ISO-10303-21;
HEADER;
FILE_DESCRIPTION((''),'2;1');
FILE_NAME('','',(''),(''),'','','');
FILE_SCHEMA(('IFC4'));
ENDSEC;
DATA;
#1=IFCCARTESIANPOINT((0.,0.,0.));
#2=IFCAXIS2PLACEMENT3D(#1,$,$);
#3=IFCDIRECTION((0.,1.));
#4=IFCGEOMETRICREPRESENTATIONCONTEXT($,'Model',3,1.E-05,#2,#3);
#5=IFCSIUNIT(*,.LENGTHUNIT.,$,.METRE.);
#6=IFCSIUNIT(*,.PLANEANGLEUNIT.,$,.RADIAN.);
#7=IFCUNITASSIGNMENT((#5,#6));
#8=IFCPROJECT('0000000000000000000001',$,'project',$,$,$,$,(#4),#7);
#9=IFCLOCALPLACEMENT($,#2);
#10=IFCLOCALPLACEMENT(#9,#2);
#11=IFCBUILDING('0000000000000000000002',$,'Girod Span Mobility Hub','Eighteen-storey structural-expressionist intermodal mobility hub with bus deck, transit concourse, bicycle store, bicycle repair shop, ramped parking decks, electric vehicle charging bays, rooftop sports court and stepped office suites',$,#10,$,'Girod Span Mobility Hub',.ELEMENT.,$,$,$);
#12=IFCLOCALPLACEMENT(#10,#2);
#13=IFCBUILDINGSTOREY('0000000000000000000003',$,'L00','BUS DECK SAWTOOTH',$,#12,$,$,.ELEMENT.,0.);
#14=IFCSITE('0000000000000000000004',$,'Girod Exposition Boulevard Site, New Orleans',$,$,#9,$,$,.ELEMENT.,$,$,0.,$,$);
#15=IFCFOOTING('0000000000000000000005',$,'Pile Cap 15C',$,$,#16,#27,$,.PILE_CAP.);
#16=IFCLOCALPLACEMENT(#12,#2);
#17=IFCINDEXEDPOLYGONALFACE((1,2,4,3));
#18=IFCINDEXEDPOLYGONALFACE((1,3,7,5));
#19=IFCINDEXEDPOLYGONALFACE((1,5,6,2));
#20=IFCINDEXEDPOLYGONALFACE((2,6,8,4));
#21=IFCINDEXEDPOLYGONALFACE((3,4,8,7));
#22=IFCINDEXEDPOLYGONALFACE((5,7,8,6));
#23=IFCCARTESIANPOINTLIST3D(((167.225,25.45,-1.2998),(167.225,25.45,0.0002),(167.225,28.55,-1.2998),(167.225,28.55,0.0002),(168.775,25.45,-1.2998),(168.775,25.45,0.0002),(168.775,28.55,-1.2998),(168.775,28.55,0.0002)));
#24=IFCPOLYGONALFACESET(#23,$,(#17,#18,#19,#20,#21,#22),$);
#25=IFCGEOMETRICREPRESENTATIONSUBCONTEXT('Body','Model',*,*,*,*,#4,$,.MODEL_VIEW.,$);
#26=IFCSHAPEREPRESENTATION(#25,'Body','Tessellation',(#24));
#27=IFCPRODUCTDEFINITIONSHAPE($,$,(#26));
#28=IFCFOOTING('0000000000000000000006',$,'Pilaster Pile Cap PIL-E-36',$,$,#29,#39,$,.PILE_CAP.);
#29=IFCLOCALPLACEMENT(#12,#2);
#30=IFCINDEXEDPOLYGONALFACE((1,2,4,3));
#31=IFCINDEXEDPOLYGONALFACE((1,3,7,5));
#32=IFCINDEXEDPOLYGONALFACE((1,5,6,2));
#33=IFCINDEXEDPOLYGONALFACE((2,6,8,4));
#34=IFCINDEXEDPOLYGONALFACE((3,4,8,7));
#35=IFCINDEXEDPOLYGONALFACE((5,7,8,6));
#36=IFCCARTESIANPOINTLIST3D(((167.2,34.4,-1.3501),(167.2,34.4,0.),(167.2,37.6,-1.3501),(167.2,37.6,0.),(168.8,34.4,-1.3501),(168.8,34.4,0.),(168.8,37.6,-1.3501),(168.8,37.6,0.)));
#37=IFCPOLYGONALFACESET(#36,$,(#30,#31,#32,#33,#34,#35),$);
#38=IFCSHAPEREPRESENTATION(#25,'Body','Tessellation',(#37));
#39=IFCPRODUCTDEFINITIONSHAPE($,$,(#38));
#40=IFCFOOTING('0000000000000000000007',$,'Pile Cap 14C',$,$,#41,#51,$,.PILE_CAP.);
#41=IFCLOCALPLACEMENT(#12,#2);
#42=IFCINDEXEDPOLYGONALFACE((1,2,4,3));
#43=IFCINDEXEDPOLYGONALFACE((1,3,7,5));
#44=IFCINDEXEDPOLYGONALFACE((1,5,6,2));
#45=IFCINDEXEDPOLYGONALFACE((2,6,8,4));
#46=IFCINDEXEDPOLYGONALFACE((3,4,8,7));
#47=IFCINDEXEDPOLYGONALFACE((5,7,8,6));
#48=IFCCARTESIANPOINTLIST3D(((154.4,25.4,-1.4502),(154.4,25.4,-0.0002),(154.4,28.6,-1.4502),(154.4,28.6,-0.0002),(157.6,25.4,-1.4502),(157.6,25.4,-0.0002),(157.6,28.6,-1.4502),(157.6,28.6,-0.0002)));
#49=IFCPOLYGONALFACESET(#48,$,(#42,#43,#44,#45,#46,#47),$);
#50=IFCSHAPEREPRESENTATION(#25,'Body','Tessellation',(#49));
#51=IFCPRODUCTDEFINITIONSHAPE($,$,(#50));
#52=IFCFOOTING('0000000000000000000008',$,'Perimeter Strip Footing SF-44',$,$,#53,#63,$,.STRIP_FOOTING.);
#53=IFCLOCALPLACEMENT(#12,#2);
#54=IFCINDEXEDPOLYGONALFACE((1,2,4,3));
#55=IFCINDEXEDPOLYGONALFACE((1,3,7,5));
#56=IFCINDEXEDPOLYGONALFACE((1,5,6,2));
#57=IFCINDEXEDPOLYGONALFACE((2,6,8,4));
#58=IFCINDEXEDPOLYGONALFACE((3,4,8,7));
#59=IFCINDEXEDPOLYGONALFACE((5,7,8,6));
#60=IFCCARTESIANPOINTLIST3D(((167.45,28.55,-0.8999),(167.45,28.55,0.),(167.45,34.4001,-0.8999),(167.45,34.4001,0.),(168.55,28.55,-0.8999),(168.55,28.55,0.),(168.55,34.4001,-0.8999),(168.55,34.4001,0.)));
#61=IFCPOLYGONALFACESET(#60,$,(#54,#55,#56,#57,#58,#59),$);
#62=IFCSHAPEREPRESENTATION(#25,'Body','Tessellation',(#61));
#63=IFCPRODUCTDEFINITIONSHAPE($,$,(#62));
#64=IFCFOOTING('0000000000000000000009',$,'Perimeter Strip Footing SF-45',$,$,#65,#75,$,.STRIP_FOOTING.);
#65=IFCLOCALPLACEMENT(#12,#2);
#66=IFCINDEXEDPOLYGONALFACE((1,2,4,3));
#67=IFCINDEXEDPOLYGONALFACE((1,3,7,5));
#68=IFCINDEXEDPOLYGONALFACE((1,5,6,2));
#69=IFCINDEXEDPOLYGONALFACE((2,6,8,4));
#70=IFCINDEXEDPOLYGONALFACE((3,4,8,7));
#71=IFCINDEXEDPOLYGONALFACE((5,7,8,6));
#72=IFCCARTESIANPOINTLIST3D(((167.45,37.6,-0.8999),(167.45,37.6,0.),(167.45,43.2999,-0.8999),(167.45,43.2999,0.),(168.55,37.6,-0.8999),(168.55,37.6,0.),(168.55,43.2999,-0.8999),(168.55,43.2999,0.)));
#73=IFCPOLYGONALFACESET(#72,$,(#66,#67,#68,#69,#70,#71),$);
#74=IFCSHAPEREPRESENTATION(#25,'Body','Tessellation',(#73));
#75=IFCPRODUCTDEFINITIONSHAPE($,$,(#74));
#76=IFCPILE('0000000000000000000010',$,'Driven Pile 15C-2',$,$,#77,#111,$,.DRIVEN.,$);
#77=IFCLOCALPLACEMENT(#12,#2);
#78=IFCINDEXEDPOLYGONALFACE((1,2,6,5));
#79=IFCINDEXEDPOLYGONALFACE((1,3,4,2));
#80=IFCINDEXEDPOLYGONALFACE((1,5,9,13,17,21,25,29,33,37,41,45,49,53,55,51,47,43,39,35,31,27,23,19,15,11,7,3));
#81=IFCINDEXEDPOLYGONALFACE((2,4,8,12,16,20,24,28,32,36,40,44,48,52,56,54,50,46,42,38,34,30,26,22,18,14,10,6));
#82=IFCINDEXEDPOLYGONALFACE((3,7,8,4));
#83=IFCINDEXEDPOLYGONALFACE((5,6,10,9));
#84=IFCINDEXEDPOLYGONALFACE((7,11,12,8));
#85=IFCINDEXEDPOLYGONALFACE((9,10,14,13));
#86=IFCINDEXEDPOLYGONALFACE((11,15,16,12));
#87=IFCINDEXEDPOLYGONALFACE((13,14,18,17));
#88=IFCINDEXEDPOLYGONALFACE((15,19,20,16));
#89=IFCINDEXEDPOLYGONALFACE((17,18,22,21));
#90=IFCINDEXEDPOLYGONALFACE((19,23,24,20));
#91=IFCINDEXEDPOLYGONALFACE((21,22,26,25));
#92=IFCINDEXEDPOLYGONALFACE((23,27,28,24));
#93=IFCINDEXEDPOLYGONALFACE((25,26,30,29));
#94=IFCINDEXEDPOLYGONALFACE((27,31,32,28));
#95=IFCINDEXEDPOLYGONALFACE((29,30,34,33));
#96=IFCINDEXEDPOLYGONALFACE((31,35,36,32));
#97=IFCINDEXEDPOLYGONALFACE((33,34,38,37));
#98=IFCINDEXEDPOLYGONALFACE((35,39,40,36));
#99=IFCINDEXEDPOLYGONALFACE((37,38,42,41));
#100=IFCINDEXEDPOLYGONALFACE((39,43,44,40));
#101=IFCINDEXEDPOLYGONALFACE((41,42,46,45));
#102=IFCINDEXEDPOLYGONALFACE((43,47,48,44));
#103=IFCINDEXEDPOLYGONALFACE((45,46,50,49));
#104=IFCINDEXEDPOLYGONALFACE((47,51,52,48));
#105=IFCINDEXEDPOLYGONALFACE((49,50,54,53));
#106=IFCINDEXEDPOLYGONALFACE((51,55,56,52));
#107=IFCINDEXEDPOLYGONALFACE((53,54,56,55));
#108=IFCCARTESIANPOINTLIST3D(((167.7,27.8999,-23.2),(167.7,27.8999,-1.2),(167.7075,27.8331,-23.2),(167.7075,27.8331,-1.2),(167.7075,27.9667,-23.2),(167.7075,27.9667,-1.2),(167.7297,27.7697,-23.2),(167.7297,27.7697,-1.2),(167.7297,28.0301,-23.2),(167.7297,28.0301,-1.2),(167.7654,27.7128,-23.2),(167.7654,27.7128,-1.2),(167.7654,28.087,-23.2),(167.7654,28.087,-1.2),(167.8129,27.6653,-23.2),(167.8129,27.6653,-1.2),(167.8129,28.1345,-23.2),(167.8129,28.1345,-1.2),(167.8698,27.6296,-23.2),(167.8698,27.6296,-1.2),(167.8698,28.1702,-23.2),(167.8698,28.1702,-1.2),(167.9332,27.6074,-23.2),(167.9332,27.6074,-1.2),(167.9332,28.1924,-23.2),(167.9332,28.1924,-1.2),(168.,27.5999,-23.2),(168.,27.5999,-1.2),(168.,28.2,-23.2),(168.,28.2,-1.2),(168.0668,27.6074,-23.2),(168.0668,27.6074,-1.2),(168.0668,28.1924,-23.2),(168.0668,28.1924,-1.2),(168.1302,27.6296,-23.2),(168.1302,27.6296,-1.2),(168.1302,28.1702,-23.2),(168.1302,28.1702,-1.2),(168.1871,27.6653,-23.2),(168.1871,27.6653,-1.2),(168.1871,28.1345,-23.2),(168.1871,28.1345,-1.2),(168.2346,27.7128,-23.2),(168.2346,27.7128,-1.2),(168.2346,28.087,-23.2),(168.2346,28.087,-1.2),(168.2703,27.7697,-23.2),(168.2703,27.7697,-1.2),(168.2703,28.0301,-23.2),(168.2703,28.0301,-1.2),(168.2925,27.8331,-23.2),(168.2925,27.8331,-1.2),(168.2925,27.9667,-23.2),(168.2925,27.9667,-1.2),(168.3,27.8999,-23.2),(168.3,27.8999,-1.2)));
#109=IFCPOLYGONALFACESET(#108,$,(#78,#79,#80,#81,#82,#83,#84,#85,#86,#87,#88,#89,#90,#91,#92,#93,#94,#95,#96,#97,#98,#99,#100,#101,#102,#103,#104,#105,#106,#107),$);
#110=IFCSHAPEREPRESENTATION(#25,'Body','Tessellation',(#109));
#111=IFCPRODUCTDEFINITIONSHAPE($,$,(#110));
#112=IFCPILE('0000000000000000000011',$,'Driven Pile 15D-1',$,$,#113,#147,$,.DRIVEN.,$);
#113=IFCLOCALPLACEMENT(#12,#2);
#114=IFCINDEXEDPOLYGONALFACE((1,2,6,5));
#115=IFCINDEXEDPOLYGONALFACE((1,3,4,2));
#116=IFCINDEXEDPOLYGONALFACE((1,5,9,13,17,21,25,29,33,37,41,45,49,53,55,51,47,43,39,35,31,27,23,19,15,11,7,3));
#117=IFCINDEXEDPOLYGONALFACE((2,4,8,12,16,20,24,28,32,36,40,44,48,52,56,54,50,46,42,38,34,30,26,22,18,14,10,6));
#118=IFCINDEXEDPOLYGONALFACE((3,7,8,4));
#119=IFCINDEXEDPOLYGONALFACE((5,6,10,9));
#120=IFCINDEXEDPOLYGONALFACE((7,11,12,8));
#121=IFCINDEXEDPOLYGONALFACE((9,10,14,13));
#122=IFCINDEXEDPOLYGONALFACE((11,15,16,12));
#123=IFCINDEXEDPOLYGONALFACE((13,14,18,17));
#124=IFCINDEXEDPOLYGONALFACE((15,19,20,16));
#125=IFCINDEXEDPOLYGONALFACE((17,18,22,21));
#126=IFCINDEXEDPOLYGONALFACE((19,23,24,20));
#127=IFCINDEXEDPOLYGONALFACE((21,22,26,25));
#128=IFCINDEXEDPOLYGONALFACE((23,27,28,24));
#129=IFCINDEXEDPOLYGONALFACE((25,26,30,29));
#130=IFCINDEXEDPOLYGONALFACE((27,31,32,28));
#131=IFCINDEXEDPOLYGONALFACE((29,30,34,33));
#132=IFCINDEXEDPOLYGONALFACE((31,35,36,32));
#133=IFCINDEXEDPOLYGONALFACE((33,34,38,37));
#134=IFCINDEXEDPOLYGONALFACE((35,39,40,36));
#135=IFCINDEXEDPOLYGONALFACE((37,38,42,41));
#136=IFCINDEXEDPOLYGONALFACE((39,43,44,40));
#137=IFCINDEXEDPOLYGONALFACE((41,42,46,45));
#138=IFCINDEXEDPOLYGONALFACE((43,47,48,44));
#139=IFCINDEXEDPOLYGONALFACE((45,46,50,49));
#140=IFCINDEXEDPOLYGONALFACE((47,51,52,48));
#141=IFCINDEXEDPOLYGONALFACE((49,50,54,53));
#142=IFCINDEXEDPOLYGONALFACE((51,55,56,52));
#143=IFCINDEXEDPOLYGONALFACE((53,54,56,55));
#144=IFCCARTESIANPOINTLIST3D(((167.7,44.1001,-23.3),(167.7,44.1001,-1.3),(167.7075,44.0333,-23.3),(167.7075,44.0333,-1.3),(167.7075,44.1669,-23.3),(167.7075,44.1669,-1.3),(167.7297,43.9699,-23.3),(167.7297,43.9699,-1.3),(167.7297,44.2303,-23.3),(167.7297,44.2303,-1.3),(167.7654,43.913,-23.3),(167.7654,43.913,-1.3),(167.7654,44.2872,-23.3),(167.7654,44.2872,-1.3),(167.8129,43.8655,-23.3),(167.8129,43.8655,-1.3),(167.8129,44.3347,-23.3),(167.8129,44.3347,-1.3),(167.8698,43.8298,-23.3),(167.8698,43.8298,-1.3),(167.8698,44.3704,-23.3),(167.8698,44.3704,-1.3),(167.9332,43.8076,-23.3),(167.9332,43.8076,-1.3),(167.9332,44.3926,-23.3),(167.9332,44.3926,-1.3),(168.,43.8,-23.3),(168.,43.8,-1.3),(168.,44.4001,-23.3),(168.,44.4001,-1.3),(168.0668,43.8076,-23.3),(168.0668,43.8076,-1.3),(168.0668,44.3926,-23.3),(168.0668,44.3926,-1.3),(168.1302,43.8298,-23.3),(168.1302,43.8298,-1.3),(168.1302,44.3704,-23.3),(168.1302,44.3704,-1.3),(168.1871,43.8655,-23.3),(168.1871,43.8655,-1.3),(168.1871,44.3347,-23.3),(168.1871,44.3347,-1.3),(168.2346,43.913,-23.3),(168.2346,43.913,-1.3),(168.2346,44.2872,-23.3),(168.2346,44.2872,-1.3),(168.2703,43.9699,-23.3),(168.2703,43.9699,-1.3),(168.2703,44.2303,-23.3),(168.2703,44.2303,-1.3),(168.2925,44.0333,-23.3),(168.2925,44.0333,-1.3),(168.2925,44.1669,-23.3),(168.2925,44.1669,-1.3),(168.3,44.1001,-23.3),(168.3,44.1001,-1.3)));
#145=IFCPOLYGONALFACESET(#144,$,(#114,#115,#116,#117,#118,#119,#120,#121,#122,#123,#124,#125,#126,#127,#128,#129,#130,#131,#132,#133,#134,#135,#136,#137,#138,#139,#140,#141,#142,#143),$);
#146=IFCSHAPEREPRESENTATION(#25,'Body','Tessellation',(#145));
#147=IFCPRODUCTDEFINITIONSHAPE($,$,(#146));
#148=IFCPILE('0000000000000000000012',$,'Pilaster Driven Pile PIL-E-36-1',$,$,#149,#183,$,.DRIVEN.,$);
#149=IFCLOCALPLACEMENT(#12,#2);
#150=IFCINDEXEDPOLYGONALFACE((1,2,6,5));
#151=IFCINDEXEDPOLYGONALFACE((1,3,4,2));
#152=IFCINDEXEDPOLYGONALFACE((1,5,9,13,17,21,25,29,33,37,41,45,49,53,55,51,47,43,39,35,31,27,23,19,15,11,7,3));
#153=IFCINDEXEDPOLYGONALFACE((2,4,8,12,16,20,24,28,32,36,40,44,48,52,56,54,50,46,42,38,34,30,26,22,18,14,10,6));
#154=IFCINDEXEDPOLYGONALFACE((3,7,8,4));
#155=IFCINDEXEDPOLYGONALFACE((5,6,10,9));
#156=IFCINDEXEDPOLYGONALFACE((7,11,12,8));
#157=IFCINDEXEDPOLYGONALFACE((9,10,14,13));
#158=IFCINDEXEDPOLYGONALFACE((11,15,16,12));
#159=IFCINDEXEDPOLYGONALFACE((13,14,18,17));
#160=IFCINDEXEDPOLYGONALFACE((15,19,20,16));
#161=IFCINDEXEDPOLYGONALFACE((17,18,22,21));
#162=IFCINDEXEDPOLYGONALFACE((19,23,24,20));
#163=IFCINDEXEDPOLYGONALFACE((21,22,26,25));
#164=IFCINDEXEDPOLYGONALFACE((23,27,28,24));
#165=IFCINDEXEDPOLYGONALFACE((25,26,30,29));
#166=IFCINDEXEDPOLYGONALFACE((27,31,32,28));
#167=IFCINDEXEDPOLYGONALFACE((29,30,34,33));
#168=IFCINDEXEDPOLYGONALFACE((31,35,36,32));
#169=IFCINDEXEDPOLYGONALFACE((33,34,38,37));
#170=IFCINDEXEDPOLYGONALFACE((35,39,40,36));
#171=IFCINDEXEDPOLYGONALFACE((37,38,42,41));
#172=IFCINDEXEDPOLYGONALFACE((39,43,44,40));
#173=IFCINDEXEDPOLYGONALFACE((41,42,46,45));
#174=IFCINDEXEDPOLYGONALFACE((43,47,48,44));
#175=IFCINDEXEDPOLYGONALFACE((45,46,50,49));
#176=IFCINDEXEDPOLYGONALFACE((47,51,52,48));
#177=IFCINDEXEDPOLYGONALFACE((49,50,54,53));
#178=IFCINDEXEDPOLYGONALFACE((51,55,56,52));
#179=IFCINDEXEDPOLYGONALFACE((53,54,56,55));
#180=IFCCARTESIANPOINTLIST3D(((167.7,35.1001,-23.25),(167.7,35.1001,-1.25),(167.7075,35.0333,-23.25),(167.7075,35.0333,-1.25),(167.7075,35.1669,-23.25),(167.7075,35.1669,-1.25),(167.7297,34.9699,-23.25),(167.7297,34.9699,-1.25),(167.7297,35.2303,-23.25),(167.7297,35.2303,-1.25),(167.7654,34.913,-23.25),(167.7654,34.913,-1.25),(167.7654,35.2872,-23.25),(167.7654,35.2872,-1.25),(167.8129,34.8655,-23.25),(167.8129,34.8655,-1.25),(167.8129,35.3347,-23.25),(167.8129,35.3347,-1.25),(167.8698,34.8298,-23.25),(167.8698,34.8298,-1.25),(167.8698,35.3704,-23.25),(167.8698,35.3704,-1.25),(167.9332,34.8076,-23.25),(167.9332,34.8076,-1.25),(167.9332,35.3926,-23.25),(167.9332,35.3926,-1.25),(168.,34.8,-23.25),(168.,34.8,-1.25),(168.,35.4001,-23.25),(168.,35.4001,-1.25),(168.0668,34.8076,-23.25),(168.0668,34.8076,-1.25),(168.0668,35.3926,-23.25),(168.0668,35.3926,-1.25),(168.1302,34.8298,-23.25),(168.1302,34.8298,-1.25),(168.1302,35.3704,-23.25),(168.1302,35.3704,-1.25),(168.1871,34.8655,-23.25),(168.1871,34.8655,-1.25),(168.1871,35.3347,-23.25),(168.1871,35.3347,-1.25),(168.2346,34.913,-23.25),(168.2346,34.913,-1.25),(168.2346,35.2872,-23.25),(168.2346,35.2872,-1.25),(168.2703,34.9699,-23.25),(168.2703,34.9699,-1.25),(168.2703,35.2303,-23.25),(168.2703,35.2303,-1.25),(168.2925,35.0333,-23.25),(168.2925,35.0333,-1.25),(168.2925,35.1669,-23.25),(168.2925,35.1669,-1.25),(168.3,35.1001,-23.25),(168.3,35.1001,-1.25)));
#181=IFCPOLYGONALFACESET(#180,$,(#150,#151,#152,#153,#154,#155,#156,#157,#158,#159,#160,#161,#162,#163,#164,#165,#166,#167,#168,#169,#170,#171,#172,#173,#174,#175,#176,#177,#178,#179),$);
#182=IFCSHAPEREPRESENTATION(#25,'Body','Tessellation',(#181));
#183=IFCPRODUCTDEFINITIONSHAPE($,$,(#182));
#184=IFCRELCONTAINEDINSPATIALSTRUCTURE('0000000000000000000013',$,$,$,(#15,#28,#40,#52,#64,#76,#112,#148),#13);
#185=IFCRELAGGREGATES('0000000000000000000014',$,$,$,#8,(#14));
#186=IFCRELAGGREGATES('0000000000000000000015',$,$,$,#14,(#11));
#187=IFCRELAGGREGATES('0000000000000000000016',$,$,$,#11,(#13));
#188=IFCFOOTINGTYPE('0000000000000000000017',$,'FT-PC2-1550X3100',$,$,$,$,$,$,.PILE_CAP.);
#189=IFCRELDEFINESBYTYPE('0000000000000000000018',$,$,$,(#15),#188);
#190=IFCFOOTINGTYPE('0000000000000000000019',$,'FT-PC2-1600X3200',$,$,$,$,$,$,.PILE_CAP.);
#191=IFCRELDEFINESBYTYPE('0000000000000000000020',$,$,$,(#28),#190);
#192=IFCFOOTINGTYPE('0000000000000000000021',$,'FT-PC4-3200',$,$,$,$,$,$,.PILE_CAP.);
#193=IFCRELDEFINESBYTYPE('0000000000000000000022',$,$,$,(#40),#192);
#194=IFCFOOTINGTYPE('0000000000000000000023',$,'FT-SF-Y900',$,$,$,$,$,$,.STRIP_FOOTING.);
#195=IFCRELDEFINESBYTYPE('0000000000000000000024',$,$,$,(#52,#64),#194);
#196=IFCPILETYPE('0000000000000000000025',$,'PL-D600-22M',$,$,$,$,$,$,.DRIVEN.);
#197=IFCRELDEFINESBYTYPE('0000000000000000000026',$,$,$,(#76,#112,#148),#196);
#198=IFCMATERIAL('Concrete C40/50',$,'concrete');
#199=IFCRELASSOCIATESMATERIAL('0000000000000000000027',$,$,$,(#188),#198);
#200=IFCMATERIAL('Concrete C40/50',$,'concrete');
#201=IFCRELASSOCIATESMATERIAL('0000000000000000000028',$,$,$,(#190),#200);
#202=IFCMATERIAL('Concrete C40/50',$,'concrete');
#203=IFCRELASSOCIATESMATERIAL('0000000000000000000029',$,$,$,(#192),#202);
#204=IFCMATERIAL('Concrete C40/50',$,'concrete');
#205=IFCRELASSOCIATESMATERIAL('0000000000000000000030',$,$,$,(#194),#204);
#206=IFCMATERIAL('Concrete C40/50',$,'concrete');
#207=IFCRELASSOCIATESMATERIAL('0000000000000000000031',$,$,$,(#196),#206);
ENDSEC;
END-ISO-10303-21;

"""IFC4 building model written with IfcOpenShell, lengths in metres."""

from ifc_helpers import new_model, si_unit, direction, frame, origin, origin_2d, place, context, subcontext, project, spatial, rectangle, circle, extrude, material, material_profile, profile_set, type_object, element, save


model = new_model("IFC4")

# Units and contexts
model_context = context("Model", 3, precision=1e-05, world=origin(), true_north=direction((0.0, 1.0)))
body_context = subcontext(model_context, "Body", "Model", "MODEL_VIEW")
ifc_project = project(units=[si_unit("LENGTHUNIT", "METRE"), si_unit("PLANEANGLEUNIT", "RADIAN")], contexts=[model_context])

# Site, building, storey
site_placement = place(None, origin())
site = spatial("IfcSite", under=ifc_project, at=site_placement, Name="Girod Exposition Boulevard Site, New Orleans", CompositionType="ELEMENT", RefElevation=0.0)
building_placement = place(site_placement, origin())
building = spatial("IfcBuilding", under=site, at=building_placement, Name="Girod Span Mobility Hub", Description="Eighteen-storey structural-expressionist intermodal mobility hub with bus deck, transit concourse, bicycle store, bicycle repair shop, ramped parking decks, electric vehicle charging bays, rooftop sports court and stepped office suites", LongName="Girod Span Mobility Hub", CompositionType="ELEMENT")
storey_placement = place(building_placement, origin())
storey = spatial("IfcBuildingStorey", under=building, at=storey_placement, Name="L00", Description="BUS DECK SAWTOOTH", CompositionType="ELEMENT", Elevation=0.0)

# Footings
ifc_material_1 = material(Name="Concrete C40/50", Category="concrete")
footing_type_1 = type_object("IfcFootingType", Name="FT-PC2-1550X3100", PredefinedType="PILE_CAP", material=ifc_material_1)
footing_1_placement = place(storey_placement, frame((168.0, 27.0, -1.2998), z_axis=(0.0, 0.0, 1.0), x_axis=(1.0, 0.0, 0.0)))
element("IfcFooting", 1, at=footing_1_placement, inside=storey, type_object=footing_type_1, Name="Pile Cap 15C", PredefinedType="PILE_CAP", context=body_context, shape_type="SweptSolid", body=[
    extrude(rectangle(XDim=1.55, YDim=3.1001, at=origin_2d()), origin(), (0.0, 0.0, 1.0), 1.3),
])
ifc_material_2 = material(Name="Concrete C40/50", Category="concrete")
footing_type_2 = type_object("IfcFootingType", Name="FT-PC2-1600X3200", PredefinedType="PILE_CAP", material=ifc_material_2)
footing_2_placement = place(storey_placement, frame((168.0, 36.0, -1.3501), z_axis=(0.0, 0.0, 1.0), x_axis=(1.0, 0.0, 0.0)))
element("IfcFooting", 2, at=footing_2_placement, inside=storey, type_object=footing_type_2, Name="Pilaster Pile Cap PIL-E-36", PredefinedType="PILE_CAP", context=body_context, shape_type="SweptSolid", body=[
    extrude(rectangle(XDim=1.6001, YDim=3.2, at=origin_2d()), origin(), (0.0, 0.0, 1.0), 1.3501),
])
ifc_material_3 = material(Name="Concrete C40/50", Category="concrete")
footing_type_3 = type_object("IfcFootingType", Name="FT-PC4-3200", PredefinedType="PILE_CAP", material=ifc_material_3)
footing_3_placement = place(storey_placement, frame((156.0, 27.0, -1.4502), z_axis=(0.0, 0.0, 1.0), x_axis=(1.0, 0.0, 0.0)))
element("IfcFooting", 3, at=footing_3_placement, inside=storey, type_object=footing_type_3, Name="Pile Cap 14C", PredefinedType="PILE_CAP", context=body_context, shape_type="SweptSolid", body=[
    extrude(rectangle(XDim=3.2, YDim=3.2, at=origin_2d()), origin(), (0.0, 0.0, 1.0), 1.45),
])
ifc_material_4 = material(Name="Concrete C40/50", Category="concrete")
footing_type_4 = type_object("IfcFootingType", Name="FT-SF-Y900", PredefinedType="STRIP_FOOTING", material=ifc_material_4)
footing_4_placement = place(storey_placement, frame((168.0, 31.4751, -0.8999), z_axis=(0.0, 0.0, 1.0), x_axis=(1.0, 0.0, 0.0)))
element("IfcFooting", 4, at=footing_4_placement, inside=storey, type_object=footing_type_4, Name="Perimeter Strip Footing SF-44", PredefinedType="STRIP_FOOTING", context=body_context, shape_type="SweptSolid", body=[
    extrude(rectangle(XDim=1.1001, YDim=5.8501, at=origin_2d()), origin(), (0.0, 0.0, 1.0), 0.8999),
])
footing_5_placement = place(storey_placement, frame((168.0, 40.45, -0.8999), z_axis=(0.0, 0.0, 1.0), x_axis=(1.0, 0.0, 0.0)))
element("IfcFooting", 5, at=footing_5_placement, inside=storey, type_object=footing_type_4, Name="Perimeter Strip Footing SF-45", PredefinedType="STRIP_FOOTING", context=body_context, shape_type="SweptSolid", body=[
    extrude(rectangle(XDim=1.1001, YDim=5.7, at=origin_2d()), origin(), (0.0, 0.0, 1.0), 0.8999),
])

# Piles
ifc_material_5 = material(Name="Concrete C40/50", Category="concrete")
ifc_material_profile_1 = material_profile(ifc_material_5, circle(Radius=0.3, at=origin_2d()), Name="PILE-D600")
ifc_profile_set_1 = profile_set([ifc_material_profile_1], Name="Concrete C40/50")
pile_type_1 = type_object("IfcPileType", Name="PL-D600-22M", PredefinedType="DRIVEN", material=ifc_profile_set_1)
for number, where, z_axis, x_axis, name in (
    (6, (168.0, 27.8999, -1.2), (0.0, 0.0, -1.0), (1.0, 0.0, 0.0), "Driven Pile 15C-2"),
    (7, (168.0, 44.1001, -1.3), (0.0, 0.0, -1.0), (1.0, 0.0, 0.0), "Driven Pile 15D-1"),
    (8, (168.0, 35.1001, -1.25), (0.0, 0.0, -1.0), (1.0, 0.0, 0.0), "Pilaster Driven Pile PIL-E-36-1"),
):
    element("IfcPile", number, at=place(storey_placement, frame(where, z_axis=z_axis, x_axis=x_axis)), inside=storey, type_object=pile_type_1, Name=name, PredefinedType="DRIVEN", context=body_context, shape_type="SweptSolid", body=[
        extrude(circle(Radius=0.3, at=origin_2d()), origin(), (0.0, 0.0, 1.0), 22.0),
    ])

save(model, "model.ifc")
